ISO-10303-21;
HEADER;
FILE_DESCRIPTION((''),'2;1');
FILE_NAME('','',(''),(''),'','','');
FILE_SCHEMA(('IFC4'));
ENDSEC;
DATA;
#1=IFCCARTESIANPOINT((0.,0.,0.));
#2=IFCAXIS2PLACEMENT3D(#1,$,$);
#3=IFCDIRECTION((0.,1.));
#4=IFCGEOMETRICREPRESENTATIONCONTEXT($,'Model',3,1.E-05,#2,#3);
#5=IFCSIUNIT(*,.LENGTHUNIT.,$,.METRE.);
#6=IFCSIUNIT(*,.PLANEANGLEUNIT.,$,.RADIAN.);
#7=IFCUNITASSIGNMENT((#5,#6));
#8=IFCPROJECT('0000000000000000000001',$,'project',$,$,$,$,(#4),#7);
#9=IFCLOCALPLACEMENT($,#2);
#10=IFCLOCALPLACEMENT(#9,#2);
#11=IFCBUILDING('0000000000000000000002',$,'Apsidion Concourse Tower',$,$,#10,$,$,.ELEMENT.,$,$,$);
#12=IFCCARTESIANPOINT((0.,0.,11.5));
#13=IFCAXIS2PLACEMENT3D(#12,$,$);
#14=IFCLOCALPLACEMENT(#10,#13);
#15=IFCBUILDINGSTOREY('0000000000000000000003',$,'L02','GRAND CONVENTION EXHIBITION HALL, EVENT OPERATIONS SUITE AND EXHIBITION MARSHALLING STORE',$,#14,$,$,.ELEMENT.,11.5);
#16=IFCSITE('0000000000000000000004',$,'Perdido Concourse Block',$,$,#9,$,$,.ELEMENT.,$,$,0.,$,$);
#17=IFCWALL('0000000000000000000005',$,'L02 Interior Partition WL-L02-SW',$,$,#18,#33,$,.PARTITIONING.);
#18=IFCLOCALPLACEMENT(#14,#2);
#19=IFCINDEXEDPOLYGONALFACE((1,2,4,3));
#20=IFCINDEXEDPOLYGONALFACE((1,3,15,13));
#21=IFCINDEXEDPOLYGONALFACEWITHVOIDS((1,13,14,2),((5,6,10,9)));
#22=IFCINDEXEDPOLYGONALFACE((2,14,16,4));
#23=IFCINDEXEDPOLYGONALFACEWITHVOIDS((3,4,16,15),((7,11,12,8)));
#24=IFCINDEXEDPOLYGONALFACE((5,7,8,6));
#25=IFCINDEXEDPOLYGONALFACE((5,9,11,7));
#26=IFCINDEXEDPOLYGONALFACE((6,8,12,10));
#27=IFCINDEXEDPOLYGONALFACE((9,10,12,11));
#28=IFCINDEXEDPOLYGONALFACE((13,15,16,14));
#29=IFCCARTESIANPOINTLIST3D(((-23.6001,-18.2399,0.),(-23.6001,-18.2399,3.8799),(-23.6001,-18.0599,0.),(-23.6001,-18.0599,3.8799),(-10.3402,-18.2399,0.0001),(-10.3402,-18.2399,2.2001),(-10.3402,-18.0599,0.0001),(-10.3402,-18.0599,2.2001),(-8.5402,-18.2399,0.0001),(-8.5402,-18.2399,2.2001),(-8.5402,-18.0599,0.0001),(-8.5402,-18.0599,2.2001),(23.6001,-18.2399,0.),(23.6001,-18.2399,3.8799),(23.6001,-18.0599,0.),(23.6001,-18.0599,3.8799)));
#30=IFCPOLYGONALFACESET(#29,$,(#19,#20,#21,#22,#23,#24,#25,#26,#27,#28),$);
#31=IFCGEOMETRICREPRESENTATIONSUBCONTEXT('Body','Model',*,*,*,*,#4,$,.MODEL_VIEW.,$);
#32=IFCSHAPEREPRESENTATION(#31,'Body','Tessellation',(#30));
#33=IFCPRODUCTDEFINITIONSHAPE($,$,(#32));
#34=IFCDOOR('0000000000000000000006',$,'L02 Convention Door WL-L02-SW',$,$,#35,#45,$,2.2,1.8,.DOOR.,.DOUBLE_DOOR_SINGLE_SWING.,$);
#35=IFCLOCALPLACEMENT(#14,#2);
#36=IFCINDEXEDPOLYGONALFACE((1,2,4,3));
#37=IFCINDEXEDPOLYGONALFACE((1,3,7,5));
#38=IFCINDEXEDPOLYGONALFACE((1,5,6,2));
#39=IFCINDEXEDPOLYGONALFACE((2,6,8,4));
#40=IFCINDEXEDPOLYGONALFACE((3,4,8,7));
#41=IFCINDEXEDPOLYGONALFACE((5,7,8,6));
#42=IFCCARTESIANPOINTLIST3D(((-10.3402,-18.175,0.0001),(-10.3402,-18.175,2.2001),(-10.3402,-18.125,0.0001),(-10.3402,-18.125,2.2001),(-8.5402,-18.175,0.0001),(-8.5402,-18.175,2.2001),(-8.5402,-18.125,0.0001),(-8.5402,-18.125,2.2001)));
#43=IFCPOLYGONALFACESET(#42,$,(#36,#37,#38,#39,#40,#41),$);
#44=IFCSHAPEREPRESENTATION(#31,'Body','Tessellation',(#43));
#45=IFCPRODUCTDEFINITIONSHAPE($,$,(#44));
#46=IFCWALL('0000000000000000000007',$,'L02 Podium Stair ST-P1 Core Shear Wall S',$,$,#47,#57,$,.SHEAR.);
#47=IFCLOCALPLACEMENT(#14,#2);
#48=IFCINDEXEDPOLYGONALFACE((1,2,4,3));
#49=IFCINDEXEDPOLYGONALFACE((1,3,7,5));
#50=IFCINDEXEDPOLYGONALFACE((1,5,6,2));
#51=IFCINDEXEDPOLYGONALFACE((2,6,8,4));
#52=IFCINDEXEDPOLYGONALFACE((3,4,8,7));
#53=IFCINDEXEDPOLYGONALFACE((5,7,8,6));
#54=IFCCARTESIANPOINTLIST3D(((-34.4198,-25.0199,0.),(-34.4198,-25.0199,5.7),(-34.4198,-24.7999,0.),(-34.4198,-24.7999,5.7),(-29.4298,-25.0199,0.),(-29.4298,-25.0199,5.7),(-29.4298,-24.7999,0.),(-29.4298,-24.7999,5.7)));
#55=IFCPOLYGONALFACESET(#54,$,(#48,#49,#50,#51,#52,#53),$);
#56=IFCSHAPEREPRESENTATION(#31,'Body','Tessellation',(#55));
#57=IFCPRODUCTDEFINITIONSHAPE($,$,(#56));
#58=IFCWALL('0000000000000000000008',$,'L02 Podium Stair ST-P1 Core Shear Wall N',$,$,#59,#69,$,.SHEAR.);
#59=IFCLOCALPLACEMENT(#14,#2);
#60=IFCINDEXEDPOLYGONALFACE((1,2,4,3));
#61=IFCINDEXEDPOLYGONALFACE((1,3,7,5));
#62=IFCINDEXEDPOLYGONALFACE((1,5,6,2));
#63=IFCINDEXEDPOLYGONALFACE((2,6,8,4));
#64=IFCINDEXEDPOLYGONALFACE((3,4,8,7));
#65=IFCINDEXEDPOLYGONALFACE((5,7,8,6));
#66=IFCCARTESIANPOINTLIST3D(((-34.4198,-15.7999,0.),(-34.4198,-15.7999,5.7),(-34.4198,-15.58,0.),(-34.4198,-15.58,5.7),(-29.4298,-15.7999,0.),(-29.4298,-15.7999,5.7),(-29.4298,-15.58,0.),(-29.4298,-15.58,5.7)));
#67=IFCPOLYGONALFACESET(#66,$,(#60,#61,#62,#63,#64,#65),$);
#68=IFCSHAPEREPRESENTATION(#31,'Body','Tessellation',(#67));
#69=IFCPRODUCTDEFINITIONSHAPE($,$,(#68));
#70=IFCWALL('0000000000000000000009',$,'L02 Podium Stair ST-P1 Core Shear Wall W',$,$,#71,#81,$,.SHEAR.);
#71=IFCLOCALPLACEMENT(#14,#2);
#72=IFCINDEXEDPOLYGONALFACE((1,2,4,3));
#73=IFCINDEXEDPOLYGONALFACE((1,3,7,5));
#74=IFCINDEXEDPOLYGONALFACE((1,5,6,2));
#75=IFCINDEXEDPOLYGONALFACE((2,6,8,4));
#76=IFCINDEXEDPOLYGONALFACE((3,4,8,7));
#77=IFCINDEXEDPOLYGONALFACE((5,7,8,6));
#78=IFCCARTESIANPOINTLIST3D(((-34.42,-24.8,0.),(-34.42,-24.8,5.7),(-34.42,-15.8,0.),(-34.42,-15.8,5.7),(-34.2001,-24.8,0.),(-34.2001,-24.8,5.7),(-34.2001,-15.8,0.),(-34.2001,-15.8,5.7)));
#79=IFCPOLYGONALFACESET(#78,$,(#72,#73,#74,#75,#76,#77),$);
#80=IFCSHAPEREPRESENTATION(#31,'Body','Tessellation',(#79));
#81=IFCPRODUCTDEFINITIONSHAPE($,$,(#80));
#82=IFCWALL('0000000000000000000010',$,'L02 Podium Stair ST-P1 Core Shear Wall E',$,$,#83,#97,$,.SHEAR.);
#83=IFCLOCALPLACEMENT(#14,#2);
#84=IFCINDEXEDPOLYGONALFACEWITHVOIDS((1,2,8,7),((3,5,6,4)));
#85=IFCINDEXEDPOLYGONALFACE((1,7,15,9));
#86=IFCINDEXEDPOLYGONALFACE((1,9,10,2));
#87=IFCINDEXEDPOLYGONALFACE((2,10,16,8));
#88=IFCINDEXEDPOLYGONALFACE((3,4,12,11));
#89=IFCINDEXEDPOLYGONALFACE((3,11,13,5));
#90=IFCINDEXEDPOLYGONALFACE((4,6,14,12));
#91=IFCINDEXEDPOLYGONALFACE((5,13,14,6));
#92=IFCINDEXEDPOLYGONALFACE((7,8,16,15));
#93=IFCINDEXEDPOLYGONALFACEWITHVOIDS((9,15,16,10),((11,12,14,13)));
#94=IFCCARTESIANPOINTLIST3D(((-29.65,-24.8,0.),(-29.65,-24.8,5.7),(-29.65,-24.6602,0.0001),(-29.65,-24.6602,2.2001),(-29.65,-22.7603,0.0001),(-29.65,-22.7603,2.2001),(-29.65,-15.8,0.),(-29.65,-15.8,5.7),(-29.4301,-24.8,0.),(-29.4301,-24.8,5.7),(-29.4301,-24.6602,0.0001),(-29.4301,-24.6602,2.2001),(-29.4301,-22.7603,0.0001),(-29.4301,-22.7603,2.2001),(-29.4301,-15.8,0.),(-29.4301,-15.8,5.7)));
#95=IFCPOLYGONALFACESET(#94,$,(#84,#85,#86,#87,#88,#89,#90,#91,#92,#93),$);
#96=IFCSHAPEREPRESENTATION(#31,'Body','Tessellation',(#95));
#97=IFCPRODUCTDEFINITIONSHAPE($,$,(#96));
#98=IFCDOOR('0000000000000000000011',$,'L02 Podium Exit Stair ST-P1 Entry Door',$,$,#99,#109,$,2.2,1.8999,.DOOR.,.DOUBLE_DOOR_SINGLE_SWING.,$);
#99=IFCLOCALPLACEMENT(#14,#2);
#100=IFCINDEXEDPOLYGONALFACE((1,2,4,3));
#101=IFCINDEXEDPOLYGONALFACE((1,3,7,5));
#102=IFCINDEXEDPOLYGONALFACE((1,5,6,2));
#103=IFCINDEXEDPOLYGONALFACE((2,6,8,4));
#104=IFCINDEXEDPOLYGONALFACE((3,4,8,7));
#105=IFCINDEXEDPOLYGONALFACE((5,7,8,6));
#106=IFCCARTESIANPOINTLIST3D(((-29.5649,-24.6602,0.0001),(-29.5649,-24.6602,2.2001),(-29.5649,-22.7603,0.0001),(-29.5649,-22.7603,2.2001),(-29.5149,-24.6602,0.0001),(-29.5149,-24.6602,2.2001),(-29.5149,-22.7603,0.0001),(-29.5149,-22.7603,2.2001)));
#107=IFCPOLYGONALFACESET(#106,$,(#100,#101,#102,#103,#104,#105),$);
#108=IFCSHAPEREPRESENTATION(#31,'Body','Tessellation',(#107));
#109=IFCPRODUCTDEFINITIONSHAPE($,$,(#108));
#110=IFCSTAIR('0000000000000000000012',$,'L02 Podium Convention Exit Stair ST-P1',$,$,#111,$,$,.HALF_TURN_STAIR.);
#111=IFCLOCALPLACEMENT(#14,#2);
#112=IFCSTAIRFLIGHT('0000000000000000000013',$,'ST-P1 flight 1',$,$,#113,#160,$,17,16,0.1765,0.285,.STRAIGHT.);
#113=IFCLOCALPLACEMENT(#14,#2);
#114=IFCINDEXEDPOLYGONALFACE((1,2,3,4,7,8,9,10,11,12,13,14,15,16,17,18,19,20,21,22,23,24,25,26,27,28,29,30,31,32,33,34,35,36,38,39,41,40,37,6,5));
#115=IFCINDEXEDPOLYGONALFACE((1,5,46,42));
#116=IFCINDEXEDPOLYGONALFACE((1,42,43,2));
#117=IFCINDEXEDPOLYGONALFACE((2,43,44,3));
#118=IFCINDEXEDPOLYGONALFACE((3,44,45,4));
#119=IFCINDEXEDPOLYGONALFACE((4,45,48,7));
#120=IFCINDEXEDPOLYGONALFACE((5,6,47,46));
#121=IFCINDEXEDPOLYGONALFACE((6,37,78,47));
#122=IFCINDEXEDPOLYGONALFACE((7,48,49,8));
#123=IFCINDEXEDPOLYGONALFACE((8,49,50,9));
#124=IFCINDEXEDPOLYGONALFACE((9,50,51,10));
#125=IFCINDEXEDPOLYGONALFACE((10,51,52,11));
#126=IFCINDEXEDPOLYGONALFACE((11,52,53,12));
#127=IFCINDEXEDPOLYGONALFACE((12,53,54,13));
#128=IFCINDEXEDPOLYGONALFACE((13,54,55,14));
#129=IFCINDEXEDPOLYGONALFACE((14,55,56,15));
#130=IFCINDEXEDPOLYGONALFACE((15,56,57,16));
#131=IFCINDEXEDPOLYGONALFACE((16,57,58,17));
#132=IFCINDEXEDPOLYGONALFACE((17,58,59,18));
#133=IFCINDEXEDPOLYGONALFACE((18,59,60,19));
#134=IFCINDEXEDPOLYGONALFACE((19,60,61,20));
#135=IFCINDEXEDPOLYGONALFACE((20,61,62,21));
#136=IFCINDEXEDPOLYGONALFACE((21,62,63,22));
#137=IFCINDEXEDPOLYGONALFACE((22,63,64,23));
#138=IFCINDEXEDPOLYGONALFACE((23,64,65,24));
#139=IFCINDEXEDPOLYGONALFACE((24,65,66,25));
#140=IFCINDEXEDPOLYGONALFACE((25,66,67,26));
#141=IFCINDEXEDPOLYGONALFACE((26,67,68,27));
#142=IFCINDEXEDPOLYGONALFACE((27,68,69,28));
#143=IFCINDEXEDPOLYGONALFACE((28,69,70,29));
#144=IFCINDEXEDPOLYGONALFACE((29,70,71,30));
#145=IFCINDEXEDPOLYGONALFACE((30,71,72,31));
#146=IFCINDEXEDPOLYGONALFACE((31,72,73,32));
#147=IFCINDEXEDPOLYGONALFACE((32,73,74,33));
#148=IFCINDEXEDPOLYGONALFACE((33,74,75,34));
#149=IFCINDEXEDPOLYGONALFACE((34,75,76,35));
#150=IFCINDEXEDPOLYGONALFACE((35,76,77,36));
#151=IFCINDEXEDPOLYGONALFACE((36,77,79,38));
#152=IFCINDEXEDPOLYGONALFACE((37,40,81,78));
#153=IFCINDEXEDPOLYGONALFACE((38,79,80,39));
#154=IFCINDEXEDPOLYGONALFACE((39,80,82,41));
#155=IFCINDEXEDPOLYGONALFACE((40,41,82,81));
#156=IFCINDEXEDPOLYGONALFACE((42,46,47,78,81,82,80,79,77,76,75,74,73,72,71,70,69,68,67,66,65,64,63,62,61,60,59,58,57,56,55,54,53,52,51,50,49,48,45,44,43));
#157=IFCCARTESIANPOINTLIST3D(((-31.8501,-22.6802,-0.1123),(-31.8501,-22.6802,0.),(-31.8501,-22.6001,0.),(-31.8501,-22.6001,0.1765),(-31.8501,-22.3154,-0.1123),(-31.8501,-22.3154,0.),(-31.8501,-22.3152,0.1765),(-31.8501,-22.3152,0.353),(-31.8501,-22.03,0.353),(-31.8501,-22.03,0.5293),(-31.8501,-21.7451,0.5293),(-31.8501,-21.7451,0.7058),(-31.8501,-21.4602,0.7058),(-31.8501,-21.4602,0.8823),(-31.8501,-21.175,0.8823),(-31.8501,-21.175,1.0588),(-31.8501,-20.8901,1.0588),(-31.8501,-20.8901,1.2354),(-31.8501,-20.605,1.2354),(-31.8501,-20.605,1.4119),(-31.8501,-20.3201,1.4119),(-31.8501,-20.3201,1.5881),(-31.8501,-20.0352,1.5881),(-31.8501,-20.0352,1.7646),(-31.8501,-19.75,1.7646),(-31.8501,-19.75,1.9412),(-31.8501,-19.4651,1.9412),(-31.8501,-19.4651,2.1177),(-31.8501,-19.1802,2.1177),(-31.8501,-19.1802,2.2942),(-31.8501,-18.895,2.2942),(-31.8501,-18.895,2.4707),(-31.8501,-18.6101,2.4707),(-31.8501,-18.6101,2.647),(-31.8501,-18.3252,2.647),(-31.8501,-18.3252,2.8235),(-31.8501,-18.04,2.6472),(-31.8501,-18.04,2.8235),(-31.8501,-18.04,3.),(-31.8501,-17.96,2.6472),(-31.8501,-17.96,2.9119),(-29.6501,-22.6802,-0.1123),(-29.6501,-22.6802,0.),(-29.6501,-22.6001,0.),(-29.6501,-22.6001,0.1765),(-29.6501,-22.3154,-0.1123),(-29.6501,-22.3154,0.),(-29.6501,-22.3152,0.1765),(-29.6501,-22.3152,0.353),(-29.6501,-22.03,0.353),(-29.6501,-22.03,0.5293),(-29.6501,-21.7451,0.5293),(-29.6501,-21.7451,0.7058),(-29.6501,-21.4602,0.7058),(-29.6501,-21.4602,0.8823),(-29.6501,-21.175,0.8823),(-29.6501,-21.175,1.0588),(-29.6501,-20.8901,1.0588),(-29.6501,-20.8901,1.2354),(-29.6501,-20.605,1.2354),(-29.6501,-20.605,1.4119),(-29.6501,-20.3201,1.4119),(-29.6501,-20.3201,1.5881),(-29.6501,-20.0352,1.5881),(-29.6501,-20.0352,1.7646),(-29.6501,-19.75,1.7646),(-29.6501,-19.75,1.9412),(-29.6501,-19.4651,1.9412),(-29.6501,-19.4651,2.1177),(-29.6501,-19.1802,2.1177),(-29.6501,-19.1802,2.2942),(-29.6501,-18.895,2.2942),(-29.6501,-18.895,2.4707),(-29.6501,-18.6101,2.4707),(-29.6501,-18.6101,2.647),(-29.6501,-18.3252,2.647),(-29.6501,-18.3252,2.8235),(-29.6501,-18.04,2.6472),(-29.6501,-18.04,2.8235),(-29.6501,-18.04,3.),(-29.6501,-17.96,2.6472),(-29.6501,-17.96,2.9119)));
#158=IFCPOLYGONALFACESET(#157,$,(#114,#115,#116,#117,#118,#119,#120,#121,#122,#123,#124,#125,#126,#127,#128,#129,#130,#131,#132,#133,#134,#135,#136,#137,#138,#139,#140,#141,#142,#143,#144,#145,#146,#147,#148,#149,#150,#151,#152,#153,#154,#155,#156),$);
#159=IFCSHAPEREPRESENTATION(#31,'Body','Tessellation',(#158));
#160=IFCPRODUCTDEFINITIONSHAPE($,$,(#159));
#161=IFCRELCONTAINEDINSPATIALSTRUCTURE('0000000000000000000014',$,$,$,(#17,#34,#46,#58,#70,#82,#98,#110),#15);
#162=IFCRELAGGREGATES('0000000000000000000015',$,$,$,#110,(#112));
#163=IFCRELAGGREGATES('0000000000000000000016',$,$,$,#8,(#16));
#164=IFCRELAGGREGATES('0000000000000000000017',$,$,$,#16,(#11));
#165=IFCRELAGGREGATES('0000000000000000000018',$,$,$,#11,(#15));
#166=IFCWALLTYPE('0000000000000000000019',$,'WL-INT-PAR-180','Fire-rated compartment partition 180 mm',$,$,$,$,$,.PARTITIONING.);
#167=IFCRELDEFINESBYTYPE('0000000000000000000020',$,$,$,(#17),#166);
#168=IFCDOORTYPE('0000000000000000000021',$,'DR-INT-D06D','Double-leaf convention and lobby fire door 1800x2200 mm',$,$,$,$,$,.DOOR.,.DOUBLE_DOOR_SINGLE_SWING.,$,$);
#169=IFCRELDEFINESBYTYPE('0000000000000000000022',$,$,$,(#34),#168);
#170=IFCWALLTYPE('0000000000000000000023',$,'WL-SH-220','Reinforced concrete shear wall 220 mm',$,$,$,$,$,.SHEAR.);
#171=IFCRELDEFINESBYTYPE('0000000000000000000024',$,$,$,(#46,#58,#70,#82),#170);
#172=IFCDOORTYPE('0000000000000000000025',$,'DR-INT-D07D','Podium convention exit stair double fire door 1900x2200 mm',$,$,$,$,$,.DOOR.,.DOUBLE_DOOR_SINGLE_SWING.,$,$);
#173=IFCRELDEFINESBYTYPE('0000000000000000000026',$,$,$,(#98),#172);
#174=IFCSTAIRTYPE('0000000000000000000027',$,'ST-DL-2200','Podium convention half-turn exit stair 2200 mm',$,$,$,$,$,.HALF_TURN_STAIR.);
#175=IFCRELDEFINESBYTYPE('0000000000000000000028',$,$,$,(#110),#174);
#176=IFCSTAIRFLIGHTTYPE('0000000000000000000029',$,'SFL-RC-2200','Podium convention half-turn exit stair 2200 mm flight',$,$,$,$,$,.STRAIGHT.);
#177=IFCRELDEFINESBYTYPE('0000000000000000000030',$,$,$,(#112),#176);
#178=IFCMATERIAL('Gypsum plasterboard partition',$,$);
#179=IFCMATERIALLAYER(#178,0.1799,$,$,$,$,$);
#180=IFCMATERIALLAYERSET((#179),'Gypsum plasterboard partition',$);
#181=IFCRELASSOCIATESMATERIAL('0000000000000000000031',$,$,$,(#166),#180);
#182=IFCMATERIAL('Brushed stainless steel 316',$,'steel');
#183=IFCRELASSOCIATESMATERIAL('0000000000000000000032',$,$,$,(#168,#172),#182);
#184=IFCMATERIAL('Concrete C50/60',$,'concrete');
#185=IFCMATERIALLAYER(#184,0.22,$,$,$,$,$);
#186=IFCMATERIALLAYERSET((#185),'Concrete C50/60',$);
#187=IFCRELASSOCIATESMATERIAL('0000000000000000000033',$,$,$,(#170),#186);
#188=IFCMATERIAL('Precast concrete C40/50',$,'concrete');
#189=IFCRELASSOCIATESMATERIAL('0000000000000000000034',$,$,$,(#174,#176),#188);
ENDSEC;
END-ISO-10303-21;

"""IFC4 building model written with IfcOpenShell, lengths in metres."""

from ifc_helpers import new_model, si_unit, direction, frame, frame_2d, origin, place, context, subcontext, project, spatial, polyline, rectangle, outline, extrude, material, layer, layer_set, type_object, element, fill, aggregate, save


model = new_model("IFC4")

# Units and contexts
model_context = context("Model", 3, precision=1e-05, world=origin(), true_north=direction((0.0, 1.0)))
body_context = subcontext(model_context, "Body", "Model", "MODEL_VIEW")
ifc_project = project(units=[si_unit("LENGTHUNIT", "METRE"), si_unit("PLANEANGLEUNIT", "RADIAN")], contexts=[model_context])

# Site, building, storey
site_placement = place(None, origin())
site = spatial("IfcSite", under=ifc_project, at=site_placement, Name="Perdido Concourse Block", CompositionType="ELEMENT", RefElevation=0.0)
building_placement = place(site_placement, origin())
building = spatial("IfcBuilding", under=site, at=building_placement, Name="Apsidion Concourse Tower", CompositionType="ELEMENT")
storey_placement = place(building_placement, frame((0.0, 0.0, 11.5)))
storey = spatial("IfcBuildingStorey", under=building, at=storey_placement, Name="L02", Description="GRAND CONVENTION EXHIBITION HALL, EVENT OPERATIONS SUITE AND EXHIBITION MARSHALLING STORE", CompositionType="ELEMENT", Elevation=11.5)

# Shared definitions
ifc_material_1 = material(Name="Precast concrete C40/50", Category="concrete")

# Wall, opening, door
ifc_material_2 = material(Name="Gypsum plasterboard partition")
ifc_layer_1 = layer(ifc_material_2, 0.1799)
ifc_layer_set_1 = layer_set([ifc_layer_1], Name="Gypsum plasterboard partition")
wall_type_1 = type_object("IfcWallType", Name="WL-INT-PAR-180", Description="Fire-rated compartment partition 180 mm", PredefinedType="PARTITIONING", material=ifc_layer_set_1)
wall_1_placement = place(storey_placement, frame((-23.6001, -18.1499, 0.0), z_axis=(0.0, 0.0, 1.0), x_axis=(1.0, 0.0, 0.0)))
wall_1 = element("IfcWall", 1, at=wall_1_placement, inside=storey, type_object=wall_type_1, Name="L02 Interior Partition WL-L02-SW", PredefinedType="PARTITIONING", context=body_context, shape_type="SweptSolid", body=[
    extrude(rectangle(XDim=47.2002, YDim=0.1799, at=frame_2d((23.6001, 0.0))), origin(), (0.0, 0.0, 1.0), 3.8799),
])
opening_1_placement = place(wall_1_placement, frame((13.26, 0.0, 0.0)))
opening_1 = element("IfcOpeningElement", 2, at=opening_1_placement, cuts=wall_1, PredefinedType="OPENING", context=body_context, shape_type="SweptSolid", body=[
    extrude(rectangle(XDim=1.8, YDim=2.2, at=frame_2d((0.8999, 1.1001))), frame((0.0, 0.1001, 0.0), z_axis=(0.0, -1.0, 0.0), x_axis=(1.0, 0.0, 0.0)), (0.0, 0.0, 1.0), 0.2),
])
ifc_material_3 = material(Name="Brushed stainless steel 316", Category="steel")
door_type_1 = type_object("IfcDoorType", Name="DR-INT-D06D", Description="Double-leaf convention and lobby fire door 1800x2200 mm", OperationType="DOUBLE_DOOR_SINGLE_SWING", PredefinedType="DOOR", material=ifc_material_3)
door_1_placement = place(opening_1_placement, origin())
door_1 = element("IfcDoor", 3, at=door_1_placement, inside=storey, type_object=door_type_1, Name="L02 Convention Door WL-L02-SW", OperationType="DOUBLE_DOOR_SINGLE_SWING", OverallHeight=2.2, OverallWidth=1.8, PredefinedType="DOOR", context=body_context, shape_type="SweptSolid", body=[
    extrude(rectangle(XDim=1.8, YDim=2.2, at=frame_2d((0.8999, 1.1001))), frame((0.0, 0.0249, 0.0), z_axis=(0.0, -1.0, 0.0), x_axis=(1.0, 0.0, 0.0)), (0.0, 0.0, 1.0), 0.05),
])
fill(opening_1, door_1)

# Walls
ifc_material_4 = material(Name="Concrete C50/60", Category="concrete")
ifc_layer_2 = layer(ifc_material_4, 0.22)
ifc_layer_set_2 = layer_set([ifc_layer_2], Name="Concrete C50/60")
wall_type_2 = type_object("IfcWallType", Name="WL-SH-220", Description="Reinforced concrete shear wall 220 mm", PredefinedType="SHEAR", material=ifc_layer_set_2)
for number, where, z_axis, x_axis, name in (
    (4, (-34.4199, -24.9099, 0.0), (0.0, 0.0, 1.0), (1.0, 0.0, 0.0), "L02 Podium Stair ST-P1 Core Shear Wall S"),
    (5, (-34.4199, -15.6899, 0.0), (0.0, 0.0, 1.0), (1.0, 0.0, 0.0), "L02 Podium Stair ST-P1 Core Shear Wall N"),
):
    element("IfcWall", number, at=place(storey_placement, frame(where, z_axis=z_axis, x_axis=x_axis)), inside=storey, type_object=wall_type_2, Name=name, PredefinedType="SHEAR", context=body_context, shape_type="SweptSolid", body=[
        extrude(rectangle(XDim=4.99, YDim=0.22, at=frame_2d((2.4951, 0.0))), origin(), (0.0, 0.0, 1.0), 5.7),
    ])
wall_2_placement = place(storey_placement, frame((-34.3101, -24.8, 0.0), z_axis=(0.0, 0.0, 1.0), x_axis=(0.0, 1.0, 0.0)))
element("IfcWall", 6, at=wall_2_placement, inside=storey, type_object=wall_type_2, Name="L02 Podium Stair ST-P1 Core Shear Wall W", PredefinedType="SHEAR", context=body_context, shape_type="SweptSolid", body=[
    extrude(rectangle(XDim=9.0, YDim=0.22, at=frame_2d((4.5, 0.0))), origin(), (0.0, 0.0, 1.0), 5.7),
])

# Wall, opening, door
wall_3_placement = place(storey_placement, frame((-29.54, -24.8, 0.0), z_axis=(0.0, 0.0, 1.0), x_axis=(0.0, 1.0, 0.0)))
wall_3 = element("IfcWall", 7, at=wall_3_placement, inside=storey, type_object=wall_type_2, Name="L02 Podium Stair ST-P1 Core Shear Wall E", PredefinedType="SHEAR", context=body_context, shape_type="SweptSolid", body=[
    extrude(rectangle(XDim=9.0, YDim=0.22, at=frame_2d((4.5, 0.0))), origin(), (0.0, 0.0, 1.0), 5.7),
])
opening_2_placement = place(wall_3_placement, frame((0.1399, 0.0, 0.0)))
opening_2 = element("IfcOpeningElement", 8, at=opening_2_placement, cuts=wall_3, PredefinedType="OPENING", context=body_context, shape_type="SweptSolid", body=[
    extrude(rectangle(XDim=1.8999, YDim=2.2, at=frame_2d((0.95, 1.1001))), frame((0.0, 0.1201, 0.0), z_axis=(0.0, -1.0, 0.0), x_axis=(1.0, 0.0, 0.0)), (0.0, 0.0, 1.0), 0.24),
])
door_type_2 = type_object("IfcDoorType", Name="DR-INT-D07D", Description="Podium convention exit stair double fire door 1900x2200 mm", OperationType="DOUBLE_DOOR_SINGLE_SWING", PredefinedType="DOOR", material=ifc_material_3)
door_2_placement = place(opening_2_placement, origin())
door_2 = element("IfcDoor", 9, at=door_2_placement, inside=storey, type_object=door_type_2, Name="L02 Podium Exit Stair ST-P1 Entry Door", OperationType="DOUBLE_DOOR_SINGLE_SWING", OverallHeight=2.2, OverallWidth=1.8999, PredefinedType="DOOR", context=body_context, shape_type="SweptSolid", body=[
    extrude(rectangle(XDim=1.8999, YDim=2.2, at=frame_2d((0.95, 1.1001))), frame((0.0, 0.0249, 0.0), z_axis=(0.0, -1.0, 0.0), x_axis=(1.0, 0.0, 0.0)), (0.0, 0.0, 1.0), 0.05),
])
fill(opening_2, door_2)

# Stair, stair flight
stair_type = type_object("IfcStairType", Name="ST-DL-2200", Description="Podium convention half-turn exit stair 2200 mm", PredefinedType="HALF_TURN_STAIR", material=ifc_material_1)
stair_placement = place(storey_placement, origin())
stair = element("IfcStair", 10, at=stair_placement, inside=storey, type_object=stair_type, Name="L02 Podium Convention Exit Stair ST-P1", PredefinedType="HALF_TURN_STAIR")
stair_flight_type = type_object("IfcStairFlightType", Name="SFL-RC-2200", Description="Podium convention half-turn exit stair 2200 mm flight", PredefinedType="STRAIGHT", material=ifc_material_1)
stair_flight_1_placement = place(storey_placement, frame((-30.75, -22.6001, 0.0), z_axis=(0.0, 0.0, 1.0), x_axis=(0.0, 1.0, 0.0)))
stair_flight_1 = element("IfcStairFlight", 11, at=stair_flight_1_placement, type_object=stair_flight_type, Name="ST-P1 flight 1", NumberOfRisers=17, NumberOfTreads=16, PredefinedType="STRAIGHT", RiserHeight=0.1765, TreadLength=0.285, context=body_context, shape_type="SweptSolid", body=[
    extrude(outline(polyline([(-0.0801, -0.1123), (-0.0801, 0.0), (0.0, 0.0), (0.0, 0.1765), (0.2849, 0.1765), (0.2849, 0.353), (0.5701, 0.353), (0.5701, 0.5293), (0.855, 0.5293), (0.855, 0.7058), (1.1399, 0.7058), (1.1399, 0.8823), (1.425, 0.8823), (1.425, 1.0588), (1.71, 1.0588), (1.71, 1.2354), (1.9951, 1.2354), (1.9951, 1.4119), (2.28, 1.4119), (2.28, 1.5881), (2.5649, 1.5881), (2.5649, 1.7646), (2.8501, 1.7646), (2.8501, 1.9412), (3.135, 1.9412), (3.135, 2.1177), (3.4199, 2.1177), (3.4199, 2.2942), (3.7051, 2.2942), (3.7051, 2.4707), (3.99, 2.4707), (3.99, 2.647), (4.2749, 2.647), (4.2749, 2.8235), (4.5601, 2.8235), (4.5601, 3.0), (4.6401, 2.9119), (4.6401, 2.6472), (4.5601, 2.6472), (0.2847, 0.0), (0.2847, -0.1123), (-0.0801, -0.1123)])), frame((0.0, 1.1001, 0.0), z_axis=(0.0, -1.0, 0.0), x_axis=(1.0, 0.0, 0.0)), (0.0, 0.0, 1.0), 2.2),
])
aggregate(stair, [stair_flight_1])

save(model, "model.ifc")
